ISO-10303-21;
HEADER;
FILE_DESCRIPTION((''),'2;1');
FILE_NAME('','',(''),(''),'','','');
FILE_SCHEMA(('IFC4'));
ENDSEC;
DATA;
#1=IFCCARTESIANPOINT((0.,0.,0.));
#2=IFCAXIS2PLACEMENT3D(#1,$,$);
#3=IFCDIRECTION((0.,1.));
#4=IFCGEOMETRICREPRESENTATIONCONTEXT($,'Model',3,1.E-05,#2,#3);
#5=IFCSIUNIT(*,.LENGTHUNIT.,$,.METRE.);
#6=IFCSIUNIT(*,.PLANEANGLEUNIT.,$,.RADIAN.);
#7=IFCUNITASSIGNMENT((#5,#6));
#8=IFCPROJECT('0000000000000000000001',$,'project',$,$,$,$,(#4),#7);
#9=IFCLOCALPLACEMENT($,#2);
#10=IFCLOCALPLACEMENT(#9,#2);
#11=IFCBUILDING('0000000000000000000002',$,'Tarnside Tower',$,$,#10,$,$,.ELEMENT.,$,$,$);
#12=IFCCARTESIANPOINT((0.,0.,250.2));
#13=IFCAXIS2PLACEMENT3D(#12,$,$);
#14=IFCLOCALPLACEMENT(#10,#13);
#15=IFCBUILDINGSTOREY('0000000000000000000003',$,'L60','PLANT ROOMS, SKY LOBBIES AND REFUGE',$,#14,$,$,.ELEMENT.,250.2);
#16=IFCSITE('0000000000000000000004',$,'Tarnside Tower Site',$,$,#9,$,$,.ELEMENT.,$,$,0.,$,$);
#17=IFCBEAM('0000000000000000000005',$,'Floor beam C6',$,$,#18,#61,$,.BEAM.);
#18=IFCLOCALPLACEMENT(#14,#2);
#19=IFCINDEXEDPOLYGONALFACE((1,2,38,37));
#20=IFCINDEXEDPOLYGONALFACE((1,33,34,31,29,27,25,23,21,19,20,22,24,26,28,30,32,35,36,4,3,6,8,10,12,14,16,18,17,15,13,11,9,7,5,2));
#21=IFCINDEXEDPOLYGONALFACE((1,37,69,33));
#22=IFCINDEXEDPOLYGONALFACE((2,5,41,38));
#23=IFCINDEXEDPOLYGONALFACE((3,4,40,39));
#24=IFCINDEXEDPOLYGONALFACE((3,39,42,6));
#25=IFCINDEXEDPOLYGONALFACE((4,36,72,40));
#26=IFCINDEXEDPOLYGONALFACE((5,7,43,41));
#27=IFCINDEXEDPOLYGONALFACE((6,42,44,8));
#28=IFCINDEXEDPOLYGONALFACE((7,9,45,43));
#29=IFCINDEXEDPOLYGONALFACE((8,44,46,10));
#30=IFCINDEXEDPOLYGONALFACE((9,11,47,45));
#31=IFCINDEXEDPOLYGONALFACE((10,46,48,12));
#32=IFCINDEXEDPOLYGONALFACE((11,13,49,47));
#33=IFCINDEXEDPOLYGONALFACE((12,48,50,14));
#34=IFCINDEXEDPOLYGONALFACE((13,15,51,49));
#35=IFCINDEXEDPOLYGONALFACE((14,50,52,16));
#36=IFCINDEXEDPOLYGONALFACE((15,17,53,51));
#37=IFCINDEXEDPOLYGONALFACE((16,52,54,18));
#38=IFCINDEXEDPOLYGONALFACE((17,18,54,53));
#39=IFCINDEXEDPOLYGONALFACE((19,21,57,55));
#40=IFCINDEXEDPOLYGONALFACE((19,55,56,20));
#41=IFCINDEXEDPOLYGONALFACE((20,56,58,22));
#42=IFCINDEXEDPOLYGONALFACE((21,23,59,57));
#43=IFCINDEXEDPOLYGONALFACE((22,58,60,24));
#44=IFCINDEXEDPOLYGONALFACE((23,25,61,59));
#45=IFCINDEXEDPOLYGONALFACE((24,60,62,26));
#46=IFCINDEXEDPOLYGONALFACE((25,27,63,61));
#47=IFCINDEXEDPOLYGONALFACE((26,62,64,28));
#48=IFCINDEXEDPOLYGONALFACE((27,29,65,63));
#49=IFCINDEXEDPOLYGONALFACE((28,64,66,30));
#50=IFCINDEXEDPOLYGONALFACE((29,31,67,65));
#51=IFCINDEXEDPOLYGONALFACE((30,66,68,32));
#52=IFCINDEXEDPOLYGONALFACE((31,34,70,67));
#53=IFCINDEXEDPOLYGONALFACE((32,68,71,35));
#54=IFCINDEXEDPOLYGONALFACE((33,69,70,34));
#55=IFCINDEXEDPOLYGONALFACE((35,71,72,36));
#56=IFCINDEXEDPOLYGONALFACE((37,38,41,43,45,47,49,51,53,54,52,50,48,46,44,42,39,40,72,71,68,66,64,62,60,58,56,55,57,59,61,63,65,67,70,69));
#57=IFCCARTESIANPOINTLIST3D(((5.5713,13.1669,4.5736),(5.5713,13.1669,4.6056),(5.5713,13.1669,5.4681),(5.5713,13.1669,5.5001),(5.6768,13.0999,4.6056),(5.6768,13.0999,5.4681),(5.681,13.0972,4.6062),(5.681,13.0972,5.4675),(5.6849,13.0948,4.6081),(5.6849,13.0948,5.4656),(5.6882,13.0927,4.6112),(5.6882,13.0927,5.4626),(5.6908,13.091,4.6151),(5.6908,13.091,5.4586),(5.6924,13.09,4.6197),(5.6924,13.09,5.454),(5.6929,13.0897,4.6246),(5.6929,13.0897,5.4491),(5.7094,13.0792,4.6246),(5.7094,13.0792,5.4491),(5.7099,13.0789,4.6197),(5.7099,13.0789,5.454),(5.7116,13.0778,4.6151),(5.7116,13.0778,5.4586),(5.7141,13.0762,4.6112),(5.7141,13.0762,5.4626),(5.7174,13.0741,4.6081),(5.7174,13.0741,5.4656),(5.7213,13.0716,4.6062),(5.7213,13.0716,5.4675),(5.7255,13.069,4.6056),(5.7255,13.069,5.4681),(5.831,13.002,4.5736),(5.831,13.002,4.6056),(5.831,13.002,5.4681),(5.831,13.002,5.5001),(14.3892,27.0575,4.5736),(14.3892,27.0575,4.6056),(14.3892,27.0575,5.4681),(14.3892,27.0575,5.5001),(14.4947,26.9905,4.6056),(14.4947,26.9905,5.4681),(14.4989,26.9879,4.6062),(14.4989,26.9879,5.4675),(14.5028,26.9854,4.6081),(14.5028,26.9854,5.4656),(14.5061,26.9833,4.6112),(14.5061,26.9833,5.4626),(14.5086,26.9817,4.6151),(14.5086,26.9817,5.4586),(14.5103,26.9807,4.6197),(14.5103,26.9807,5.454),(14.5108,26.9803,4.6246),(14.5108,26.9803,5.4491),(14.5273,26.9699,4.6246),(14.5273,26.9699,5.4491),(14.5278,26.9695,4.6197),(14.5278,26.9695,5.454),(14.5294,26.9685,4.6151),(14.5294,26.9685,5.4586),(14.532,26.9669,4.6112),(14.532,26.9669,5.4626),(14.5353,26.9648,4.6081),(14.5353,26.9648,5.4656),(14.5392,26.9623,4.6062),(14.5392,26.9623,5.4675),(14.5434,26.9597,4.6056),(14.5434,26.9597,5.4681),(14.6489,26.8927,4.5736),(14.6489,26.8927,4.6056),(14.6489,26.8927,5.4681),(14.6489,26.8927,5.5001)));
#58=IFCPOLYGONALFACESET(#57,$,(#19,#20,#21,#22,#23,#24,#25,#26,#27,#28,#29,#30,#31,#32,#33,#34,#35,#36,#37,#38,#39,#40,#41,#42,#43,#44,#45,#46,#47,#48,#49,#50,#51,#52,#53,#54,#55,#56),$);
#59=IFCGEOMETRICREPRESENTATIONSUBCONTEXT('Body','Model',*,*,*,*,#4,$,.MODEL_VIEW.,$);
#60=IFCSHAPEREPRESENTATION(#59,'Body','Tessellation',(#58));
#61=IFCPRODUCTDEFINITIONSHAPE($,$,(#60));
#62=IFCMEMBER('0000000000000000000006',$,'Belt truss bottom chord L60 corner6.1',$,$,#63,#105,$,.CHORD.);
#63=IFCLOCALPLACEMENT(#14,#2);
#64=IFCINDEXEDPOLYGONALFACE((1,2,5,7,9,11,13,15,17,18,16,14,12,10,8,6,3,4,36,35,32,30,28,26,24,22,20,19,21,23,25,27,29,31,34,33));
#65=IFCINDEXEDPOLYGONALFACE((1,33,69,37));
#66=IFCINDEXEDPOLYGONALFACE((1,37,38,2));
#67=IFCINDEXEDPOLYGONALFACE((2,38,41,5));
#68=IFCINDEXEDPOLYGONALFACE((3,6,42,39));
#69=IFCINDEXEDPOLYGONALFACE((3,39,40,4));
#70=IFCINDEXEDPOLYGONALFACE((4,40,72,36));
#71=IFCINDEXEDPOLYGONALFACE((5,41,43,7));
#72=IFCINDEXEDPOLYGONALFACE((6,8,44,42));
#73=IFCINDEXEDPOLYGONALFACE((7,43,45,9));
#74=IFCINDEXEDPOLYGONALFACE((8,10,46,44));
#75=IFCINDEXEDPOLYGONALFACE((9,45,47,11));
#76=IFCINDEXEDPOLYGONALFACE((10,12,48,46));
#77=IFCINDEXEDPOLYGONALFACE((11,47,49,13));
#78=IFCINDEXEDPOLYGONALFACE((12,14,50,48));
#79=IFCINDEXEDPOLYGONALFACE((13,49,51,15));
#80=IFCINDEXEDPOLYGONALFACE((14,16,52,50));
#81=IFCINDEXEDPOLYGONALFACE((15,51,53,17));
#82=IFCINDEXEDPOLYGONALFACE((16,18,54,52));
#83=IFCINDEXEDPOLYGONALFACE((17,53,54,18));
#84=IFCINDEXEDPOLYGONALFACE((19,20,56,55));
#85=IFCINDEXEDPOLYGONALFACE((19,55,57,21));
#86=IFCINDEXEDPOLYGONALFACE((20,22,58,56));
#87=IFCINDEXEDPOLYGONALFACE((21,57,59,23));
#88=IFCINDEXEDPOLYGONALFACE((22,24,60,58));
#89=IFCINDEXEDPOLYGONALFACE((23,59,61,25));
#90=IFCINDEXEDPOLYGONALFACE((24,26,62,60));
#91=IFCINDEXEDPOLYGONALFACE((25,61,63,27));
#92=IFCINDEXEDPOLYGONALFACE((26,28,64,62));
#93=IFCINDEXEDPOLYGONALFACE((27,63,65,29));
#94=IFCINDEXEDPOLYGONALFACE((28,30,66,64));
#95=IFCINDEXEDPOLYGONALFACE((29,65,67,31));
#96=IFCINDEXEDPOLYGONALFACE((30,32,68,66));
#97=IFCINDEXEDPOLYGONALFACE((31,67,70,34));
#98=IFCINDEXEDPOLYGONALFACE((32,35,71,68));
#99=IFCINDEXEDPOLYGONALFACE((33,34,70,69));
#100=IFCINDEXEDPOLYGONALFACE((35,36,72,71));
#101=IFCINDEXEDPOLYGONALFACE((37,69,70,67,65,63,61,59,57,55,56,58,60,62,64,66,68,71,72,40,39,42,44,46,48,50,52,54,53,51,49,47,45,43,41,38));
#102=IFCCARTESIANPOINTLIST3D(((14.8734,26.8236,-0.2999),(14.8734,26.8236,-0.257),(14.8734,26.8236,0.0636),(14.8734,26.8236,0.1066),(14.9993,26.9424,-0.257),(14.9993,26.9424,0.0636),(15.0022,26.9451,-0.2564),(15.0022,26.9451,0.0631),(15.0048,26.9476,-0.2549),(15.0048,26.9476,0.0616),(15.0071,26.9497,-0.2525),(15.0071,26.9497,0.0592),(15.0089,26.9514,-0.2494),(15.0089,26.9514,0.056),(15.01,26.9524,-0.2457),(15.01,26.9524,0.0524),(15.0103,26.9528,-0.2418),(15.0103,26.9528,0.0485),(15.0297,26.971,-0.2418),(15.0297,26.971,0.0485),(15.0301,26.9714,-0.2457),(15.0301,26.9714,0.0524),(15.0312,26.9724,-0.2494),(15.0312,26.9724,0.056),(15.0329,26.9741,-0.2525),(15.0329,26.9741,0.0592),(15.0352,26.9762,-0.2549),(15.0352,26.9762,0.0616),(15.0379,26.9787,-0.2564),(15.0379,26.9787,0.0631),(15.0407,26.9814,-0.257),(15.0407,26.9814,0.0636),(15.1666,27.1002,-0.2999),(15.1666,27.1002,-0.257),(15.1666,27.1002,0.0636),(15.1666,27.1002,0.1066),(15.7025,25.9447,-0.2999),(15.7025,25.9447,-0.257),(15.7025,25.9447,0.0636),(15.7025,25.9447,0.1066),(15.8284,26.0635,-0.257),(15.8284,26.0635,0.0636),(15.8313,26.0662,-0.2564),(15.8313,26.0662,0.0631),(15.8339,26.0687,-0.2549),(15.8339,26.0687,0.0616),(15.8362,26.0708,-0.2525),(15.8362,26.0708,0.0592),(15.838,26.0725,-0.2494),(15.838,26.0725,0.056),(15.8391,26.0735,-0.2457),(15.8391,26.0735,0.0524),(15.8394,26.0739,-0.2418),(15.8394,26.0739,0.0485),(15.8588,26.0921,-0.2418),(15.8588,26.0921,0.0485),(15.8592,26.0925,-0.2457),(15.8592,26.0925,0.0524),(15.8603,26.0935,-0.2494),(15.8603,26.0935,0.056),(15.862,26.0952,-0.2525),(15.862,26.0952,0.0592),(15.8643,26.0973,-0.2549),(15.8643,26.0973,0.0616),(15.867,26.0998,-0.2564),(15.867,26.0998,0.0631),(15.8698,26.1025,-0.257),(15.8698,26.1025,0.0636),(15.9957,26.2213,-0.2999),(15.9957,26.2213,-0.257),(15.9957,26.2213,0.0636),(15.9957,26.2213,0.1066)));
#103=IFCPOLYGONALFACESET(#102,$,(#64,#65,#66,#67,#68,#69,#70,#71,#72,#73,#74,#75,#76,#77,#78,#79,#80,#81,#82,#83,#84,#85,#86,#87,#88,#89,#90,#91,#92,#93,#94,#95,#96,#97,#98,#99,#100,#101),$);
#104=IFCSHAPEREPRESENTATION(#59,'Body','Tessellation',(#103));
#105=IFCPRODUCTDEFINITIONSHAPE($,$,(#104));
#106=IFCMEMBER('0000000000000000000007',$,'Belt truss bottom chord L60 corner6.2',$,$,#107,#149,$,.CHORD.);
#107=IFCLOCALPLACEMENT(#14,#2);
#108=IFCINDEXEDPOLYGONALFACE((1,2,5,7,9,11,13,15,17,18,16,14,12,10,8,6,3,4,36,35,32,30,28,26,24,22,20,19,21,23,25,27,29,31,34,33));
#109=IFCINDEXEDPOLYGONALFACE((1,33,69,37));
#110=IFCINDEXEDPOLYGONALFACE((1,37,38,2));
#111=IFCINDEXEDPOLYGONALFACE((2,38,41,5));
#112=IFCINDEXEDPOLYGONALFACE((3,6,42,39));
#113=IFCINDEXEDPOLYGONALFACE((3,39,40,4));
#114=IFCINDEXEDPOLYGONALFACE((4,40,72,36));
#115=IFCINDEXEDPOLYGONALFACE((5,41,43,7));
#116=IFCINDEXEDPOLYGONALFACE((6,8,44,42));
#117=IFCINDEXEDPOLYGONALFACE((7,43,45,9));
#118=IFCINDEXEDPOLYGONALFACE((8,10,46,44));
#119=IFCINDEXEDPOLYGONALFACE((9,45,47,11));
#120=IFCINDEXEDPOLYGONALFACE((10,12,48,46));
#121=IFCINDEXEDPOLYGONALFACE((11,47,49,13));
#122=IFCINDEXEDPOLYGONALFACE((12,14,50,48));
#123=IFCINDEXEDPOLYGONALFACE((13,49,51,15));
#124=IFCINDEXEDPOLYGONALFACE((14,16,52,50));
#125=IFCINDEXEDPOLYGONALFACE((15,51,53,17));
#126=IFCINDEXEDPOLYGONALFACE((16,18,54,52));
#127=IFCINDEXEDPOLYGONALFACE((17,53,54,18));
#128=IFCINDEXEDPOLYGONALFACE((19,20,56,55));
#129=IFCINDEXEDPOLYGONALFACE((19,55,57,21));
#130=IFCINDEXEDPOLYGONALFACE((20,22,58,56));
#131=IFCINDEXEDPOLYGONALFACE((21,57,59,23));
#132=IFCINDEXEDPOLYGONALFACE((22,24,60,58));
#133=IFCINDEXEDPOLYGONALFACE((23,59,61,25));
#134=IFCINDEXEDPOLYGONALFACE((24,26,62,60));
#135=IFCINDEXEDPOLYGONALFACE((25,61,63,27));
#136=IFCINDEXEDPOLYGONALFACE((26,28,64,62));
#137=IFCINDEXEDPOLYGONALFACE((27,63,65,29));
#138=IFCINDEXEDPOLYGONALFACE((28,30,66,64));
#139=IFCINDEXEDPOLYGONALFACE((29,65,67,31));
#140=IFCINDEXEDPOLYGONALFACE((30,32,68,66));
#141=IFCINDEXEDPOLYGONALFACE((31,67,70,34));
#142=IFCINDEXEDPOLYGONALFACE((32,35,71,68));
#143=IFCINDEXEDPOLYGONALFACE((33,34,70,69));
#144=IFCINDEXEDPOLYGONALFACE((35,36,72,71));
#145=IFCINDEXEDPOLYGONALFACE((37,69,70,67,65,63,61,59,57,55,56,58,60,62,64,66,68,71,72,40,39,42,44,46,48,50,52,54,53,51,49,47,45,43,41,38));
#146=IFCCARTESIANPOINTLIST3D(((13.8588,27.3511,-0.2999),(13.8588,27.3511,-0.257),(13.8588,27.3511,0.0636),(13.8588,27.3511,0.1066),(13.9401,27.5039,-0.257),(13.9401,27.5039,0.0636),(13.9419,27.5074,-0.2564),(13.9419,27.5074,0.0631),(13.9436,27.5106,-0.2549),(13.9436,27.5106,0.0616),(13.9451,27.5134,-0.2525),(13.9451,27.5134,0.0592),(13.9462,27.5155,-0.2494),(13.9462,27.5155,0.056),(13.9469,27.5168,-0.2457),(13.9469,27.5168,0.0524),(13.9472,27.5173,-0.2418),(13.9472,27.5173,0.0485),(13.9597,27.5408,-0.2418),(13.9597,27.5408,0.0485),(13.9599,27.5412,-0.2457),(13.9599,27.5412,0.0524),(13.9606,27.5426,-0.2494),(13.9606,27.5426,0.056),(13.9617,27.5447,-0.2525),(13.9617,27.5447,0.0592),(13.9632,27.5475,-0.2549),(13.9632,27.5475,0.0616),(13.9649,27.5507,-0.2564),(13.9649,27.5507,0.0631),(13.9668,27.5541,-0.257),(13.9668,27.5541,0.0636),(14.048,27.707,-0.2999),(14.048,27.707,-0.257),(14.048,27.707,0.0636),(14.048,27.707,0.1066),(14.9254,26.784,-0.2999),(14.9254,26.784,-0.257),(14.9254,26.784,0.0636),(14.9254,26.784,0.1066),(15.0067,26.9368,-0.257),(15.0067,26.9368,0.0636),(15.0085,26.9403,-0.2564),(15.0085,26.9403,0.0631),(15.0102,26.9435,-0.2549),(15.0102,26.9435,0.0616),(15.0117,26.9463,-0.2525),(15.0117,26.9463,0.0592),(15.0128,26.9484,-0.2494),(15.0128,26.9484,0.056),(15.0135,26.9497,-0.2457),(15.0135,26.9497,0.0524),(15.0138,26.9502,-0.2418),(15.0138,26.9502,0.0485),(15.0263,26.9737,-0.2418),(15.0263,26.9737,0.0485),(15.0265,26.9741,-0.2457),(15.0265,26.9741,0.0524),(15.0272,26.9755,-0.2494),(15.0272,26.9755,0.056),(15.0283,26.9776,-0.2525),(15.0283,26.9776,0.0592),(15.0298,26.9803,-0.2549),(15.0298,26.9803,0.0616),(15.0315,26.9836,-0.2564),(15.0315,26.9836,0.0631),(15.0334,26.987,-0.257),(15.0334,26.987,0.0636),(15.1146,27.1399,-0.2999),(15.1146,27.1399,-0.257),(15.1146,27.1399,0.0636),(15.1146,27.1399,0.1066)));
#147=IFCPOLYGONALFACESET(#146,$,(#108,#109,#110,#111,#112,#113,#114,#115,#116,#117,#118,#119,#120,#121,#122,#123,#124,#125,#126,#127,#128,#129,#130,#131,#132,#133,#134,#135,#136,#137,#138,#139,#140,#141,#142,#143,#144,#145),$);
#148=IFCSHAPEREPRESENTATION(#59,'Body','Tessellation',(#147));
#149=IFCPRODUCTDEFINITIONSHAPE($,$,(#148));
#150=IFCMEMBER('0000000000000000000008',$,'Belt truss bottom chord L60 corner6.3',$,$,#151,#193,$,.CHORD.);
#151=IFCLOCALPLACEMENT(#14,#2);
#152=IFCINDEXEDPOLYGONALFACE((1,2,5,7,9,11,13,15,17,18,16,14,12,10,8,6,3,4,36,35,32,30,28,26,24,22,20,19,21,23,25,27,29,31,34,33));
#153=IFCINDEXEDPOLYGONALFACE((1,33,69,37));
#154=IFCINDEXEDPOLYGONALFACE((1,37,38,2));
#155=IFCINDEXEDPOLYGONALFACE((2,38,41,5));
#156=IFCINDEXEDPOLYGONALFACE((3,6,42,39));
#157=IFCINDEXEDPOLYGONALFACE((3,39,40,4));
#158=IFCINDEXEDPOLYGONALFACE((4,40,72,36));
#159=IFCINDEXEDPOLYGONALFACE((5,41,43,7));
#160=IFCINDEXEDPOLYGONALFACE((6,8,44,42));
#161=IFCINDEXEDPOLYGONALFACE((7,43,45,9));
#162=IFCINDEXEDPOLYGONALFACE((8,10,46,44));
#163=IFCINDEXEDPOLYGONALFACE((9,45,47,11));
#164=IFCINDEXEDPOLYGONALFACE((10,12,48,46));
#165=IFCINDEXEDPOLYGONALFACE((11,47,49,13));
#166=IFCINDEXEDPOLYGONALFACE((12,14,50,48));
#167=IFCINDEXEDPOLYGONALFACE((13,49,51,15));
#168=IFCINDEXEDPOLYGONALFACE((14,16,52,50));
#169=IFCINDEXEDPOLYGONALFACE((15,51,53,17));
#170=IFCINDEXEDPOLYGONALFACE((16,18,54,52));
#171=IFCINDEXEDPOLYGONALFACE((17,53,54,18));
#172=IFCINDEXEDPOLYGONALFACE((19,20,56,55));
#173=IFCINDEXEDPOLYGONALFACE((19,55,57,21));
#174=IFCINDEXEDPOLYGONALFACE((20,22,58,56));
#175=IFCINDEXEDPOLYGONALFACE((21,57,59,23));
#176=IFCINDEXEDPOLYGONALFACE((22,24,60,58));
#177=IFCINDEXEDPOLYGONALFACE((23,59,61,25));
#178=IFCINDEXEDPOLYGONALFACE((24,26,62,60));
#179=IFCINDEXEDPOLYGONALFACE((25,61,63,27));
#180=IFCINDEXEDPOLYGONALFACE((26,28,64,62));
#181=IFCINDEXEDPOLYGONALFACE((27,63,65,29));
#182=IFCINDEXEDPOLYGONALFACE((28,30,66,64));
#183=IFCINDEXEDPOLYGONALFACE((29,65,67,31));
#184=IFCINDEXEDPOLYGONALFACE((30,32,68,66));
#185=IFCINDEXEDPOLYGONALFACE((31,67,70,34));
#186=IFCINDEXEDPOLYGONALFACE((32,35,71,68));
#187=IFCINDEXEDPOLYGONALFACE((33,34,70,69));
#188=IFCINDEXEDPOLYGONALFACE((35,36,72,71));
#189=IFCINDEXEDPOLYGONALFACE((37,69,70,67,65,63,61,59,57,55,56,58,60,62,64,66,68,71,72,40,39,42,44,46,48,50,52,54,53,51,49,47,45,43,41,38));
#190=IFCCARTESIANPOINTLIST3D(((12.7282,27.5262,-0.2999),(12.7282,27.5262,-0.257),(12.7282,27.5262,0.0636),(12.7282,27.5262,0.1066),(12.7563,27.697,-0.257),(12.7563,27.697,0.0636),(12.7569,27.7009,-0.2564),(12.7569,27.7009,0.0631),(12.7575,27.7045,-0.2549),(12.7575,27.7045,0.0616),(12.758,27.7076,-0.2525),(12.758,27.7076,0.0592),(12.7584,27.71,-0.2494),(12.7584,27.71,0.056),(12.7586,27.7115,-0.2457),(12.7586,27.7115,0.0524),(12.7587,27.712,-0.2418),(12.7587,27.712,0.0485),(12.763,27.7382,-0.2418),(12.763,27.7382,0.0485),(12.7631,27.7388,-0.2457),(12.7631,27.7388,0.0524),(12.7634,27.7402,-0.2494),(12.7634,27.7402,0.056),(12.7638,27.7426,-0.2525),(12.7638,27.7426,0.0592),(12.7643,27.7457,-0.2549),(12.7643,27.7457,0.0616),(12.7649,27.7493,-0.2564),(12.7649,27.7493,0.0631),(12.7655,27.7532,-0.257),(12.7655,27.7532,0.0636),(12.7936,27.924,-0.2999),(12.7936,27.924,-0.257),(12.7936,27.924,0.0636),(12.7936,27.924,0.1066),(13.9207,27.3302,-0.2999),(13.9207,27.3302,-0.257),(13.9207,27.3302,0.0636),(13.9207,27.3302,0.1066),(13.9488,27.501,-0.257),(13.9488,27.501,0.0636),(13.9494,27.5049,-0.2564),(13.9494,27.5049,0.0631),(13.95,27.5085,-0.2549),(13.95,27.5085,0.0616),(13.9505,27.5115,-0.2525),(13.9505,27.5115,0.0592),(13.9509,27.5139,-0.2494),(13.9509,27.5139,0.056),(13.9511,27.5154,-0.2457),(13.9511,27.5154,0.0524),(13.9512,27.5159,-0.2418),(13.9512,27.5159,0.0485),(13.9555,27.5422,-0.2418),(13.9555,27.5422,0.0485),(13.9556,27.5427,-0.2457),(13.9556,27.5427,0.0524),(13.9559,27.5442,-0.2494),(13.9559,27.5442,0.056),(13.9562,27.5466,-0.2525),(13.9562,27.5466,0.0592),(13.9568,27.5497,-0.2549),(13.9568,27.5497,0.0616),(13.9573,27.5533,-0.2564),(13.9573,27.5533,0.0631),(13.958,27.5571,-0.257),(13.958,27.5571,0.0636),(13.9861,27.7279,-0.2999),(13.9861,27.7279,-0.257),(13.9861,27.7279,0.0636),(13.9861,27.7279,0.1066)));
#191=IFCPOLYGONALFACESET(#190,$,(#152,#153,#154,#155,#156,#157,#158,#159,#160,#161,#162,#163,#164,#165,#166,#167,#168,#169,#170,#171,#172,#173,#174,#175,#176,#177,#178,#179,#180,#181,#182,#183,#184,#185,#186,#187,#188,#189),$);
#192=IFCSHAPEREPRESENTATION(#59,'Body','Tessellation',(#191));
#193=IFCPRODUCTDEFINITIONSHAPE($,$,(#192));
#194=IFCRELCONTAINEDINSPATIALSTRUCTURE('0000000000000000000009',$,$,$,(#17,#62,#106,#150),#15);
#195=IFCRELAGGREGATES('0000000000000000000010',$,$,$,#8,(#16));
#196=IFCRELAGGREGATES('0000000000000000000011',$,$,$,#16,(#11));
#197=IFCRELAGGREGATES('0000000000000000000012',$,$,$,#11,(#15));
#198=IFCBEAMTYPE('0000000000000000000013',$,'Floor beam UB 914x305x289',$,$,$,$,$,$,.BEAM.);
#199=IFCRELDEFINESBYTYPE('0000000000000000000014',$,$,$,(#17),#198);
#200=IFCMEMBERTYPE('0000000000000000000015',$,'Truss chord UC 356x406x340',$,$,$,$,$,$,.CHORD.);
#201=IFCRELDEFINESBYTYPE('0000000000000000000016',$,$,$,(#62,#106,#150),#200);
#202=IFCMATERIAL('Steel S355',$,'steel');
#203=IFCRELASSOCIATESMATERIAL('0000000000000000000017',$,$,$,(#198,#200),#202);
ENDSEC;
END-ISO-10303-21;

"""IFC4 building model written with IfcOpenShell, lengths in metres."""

from ifc_helpers import new_model, si_unit, direction, frame, origin, origin_2d, place, context, subcontext, project, spatial, i_section, extrude, material, material_profile, profile_set, type_object, element, save


model = new_model("IFC4")

# Units and contexts
model_context = context("Model", 3, precision=1e-05, world=origin(), true_north=direction((0.0, 1.0)))
body_context = subcontext(model_context, "Body", "Model", "MODEL_VIEW")
ifc_project = project(units=[si_unit("LENGTHUNIT", "METRE"), si_unit("PLANEANGLEUNIT", "RADIAN")], contexts=[model_context])

# Site, building, storey
site_placement = place(None, origin())
site = spatial("IfcSite", under=ifc_project, at=site_placement, Name="Tarnside Tower Site", CompositionType="ELEMENT", RefElevation=0.0)
building_placement = place(site_placement, origin())
building = spatial("IfcBuilding", under=site, at=building_placement, Name="Tarnside Tower", CompositionType="ELEMENT")
storey_placement = place(building_placement, frame((0.0, 0.0, 250.2)))
storey = spatial("IfcBuildingStorey", under=building, at=storey_placement, Name="L60", Description="PLANT ROOMS, SKY LOBBIES AND REFUGE", CompositionType="ELEMENT", Elevation=250.2)

# Beam
ifc_material_1 = material(Name="Steel S355", Category="steel")
ifc_material_profile_1 = material_profile(ifc_material_1, i_section(OverallWidth=0.3076, OverallDepth=0.9265, WebThickness=0.0195, FlangeThickness=0.032, FilletRadius=0.019, at=origin_2d()), Name="UB 914x305x289")
ifc_profile_set_1 = profile_set([ifc_material_profile_1], Name="Steel S355")
beam_type = type_object("IfcBeamType", Name="Floor beam UB 914x305x289", PredefinedType="BEAM", material=ifc_profile_set_1)
beam_placement = place(storey_placement, frame((14.519, 26.9751, 5.0369), z_axis=(-0.53594, -0.844256, 0.0), x_axis=(0.844256, -0.53594, 0.0)))
element("IfcBeam", 1, at=beam_placement, inside=storey, type_object=beam_type, Name="Floor beam C6", PredefinedType="BEAM", context=body_context, shape_type="SweptSolid", body=[
    extrude(i_section(OverallWidth=0.3076, OverallDepth=0.9265, WebThickness=0.0195, FlangeThickness=0.032, FilletRadius=0.019, at=origin_2d()), origin(), (0.0, 0.0, 1.0), 16.4531),
])

# Members
ifc_material_profile_2 = material_profile(ifc_material_1, i_section(OverallWidth=0.4031, OverallDepth=0.4065, WebThickness=0.0266, FlangeThickness=0.043, FilletRadius=0.0151, at=origin_2d()), Name="UC 356x406x340")
ifc_profile_set_2 = profile_set([ifc_material_profile_2], Name="Steel S355")
member_type_1 = type_object("IfcMemberType", Name="Truss chord UC 356x406x340", PredefinedType="CHORD", material=ifc_profile_set_2)
member_1_placement = place(storey_placement, frame((15.8491, 26.083, -0.0967), z_axis=(-0.686196, 0.727416, 0.0), x_axis=(-0.727416, -0.686196, 0.0)))
element("IfcMember", 2, at=member_1_placement, inside=storey, type_object=member_type_1, Name="Belt truss bottom chord L60 corner6.1", PredefinedType="CHORD", context=body_context, shape_type="SweptSolid", body=[
    extrude(i_section(OverallWidth=0.4031, OverallDepth=0.4065, WebThickness=0.0266, FlangeThickness=0.043, FilletRadius=0.0151, at=origin_2d()), origin(), (0.0, 0.0, 1.0), 1.2083),
])
member_2_placement = place(storey_placement, frame((15.02, 26.9619, -0.0967), z_axis=(-0.882951, 0.469465, 0.0), x_axis=(-0.469465, -0.882951, 0.0)))
element("IfcMember", 3, at=member_2_placement, inside=storey, type_object=member_type_1, Name="Belt truss bottom chord L60 corner6.2", PredefinedType="CHORD", context=body_context, shape_type="SweptSolid", body=[
    extrude(i_section(OverallWidth=0.4031, OverallDepth=0.4065, WebThickness=0.0266, FlangeThickness=0.043, FilletRadius=0.0151, at=origin_2d()), origin(), (0.0, 0.0, 1.0), 1.208),
])
member_3_placement = place(storey_placement, frame((13.9534, 27.5291, -0.0967), z_axis=(-0.986752, 0.162236, 0.0), x_axis=(-0.162236, -0.986752, 0.0)))
element("IfcMember", 4, at=member_3_placement, inside=storey, type_object=member_type_1, Name="Belt truss bottom chord L60 corner6.3", PredefinedType="CHORD", context=body_context, shape_type="SweptSolid", body=[
    extrude(i_section(OverallWidth=0.4031, OverallDepth=0.4065, WebThickness=0.0266, FlangeThickness=0.043, FilletRadius=0.0151, at=origin_2d()), origin(), (0.0, 0.0, 1.0), 1.2085),
])

save(model, "model.ifc")
